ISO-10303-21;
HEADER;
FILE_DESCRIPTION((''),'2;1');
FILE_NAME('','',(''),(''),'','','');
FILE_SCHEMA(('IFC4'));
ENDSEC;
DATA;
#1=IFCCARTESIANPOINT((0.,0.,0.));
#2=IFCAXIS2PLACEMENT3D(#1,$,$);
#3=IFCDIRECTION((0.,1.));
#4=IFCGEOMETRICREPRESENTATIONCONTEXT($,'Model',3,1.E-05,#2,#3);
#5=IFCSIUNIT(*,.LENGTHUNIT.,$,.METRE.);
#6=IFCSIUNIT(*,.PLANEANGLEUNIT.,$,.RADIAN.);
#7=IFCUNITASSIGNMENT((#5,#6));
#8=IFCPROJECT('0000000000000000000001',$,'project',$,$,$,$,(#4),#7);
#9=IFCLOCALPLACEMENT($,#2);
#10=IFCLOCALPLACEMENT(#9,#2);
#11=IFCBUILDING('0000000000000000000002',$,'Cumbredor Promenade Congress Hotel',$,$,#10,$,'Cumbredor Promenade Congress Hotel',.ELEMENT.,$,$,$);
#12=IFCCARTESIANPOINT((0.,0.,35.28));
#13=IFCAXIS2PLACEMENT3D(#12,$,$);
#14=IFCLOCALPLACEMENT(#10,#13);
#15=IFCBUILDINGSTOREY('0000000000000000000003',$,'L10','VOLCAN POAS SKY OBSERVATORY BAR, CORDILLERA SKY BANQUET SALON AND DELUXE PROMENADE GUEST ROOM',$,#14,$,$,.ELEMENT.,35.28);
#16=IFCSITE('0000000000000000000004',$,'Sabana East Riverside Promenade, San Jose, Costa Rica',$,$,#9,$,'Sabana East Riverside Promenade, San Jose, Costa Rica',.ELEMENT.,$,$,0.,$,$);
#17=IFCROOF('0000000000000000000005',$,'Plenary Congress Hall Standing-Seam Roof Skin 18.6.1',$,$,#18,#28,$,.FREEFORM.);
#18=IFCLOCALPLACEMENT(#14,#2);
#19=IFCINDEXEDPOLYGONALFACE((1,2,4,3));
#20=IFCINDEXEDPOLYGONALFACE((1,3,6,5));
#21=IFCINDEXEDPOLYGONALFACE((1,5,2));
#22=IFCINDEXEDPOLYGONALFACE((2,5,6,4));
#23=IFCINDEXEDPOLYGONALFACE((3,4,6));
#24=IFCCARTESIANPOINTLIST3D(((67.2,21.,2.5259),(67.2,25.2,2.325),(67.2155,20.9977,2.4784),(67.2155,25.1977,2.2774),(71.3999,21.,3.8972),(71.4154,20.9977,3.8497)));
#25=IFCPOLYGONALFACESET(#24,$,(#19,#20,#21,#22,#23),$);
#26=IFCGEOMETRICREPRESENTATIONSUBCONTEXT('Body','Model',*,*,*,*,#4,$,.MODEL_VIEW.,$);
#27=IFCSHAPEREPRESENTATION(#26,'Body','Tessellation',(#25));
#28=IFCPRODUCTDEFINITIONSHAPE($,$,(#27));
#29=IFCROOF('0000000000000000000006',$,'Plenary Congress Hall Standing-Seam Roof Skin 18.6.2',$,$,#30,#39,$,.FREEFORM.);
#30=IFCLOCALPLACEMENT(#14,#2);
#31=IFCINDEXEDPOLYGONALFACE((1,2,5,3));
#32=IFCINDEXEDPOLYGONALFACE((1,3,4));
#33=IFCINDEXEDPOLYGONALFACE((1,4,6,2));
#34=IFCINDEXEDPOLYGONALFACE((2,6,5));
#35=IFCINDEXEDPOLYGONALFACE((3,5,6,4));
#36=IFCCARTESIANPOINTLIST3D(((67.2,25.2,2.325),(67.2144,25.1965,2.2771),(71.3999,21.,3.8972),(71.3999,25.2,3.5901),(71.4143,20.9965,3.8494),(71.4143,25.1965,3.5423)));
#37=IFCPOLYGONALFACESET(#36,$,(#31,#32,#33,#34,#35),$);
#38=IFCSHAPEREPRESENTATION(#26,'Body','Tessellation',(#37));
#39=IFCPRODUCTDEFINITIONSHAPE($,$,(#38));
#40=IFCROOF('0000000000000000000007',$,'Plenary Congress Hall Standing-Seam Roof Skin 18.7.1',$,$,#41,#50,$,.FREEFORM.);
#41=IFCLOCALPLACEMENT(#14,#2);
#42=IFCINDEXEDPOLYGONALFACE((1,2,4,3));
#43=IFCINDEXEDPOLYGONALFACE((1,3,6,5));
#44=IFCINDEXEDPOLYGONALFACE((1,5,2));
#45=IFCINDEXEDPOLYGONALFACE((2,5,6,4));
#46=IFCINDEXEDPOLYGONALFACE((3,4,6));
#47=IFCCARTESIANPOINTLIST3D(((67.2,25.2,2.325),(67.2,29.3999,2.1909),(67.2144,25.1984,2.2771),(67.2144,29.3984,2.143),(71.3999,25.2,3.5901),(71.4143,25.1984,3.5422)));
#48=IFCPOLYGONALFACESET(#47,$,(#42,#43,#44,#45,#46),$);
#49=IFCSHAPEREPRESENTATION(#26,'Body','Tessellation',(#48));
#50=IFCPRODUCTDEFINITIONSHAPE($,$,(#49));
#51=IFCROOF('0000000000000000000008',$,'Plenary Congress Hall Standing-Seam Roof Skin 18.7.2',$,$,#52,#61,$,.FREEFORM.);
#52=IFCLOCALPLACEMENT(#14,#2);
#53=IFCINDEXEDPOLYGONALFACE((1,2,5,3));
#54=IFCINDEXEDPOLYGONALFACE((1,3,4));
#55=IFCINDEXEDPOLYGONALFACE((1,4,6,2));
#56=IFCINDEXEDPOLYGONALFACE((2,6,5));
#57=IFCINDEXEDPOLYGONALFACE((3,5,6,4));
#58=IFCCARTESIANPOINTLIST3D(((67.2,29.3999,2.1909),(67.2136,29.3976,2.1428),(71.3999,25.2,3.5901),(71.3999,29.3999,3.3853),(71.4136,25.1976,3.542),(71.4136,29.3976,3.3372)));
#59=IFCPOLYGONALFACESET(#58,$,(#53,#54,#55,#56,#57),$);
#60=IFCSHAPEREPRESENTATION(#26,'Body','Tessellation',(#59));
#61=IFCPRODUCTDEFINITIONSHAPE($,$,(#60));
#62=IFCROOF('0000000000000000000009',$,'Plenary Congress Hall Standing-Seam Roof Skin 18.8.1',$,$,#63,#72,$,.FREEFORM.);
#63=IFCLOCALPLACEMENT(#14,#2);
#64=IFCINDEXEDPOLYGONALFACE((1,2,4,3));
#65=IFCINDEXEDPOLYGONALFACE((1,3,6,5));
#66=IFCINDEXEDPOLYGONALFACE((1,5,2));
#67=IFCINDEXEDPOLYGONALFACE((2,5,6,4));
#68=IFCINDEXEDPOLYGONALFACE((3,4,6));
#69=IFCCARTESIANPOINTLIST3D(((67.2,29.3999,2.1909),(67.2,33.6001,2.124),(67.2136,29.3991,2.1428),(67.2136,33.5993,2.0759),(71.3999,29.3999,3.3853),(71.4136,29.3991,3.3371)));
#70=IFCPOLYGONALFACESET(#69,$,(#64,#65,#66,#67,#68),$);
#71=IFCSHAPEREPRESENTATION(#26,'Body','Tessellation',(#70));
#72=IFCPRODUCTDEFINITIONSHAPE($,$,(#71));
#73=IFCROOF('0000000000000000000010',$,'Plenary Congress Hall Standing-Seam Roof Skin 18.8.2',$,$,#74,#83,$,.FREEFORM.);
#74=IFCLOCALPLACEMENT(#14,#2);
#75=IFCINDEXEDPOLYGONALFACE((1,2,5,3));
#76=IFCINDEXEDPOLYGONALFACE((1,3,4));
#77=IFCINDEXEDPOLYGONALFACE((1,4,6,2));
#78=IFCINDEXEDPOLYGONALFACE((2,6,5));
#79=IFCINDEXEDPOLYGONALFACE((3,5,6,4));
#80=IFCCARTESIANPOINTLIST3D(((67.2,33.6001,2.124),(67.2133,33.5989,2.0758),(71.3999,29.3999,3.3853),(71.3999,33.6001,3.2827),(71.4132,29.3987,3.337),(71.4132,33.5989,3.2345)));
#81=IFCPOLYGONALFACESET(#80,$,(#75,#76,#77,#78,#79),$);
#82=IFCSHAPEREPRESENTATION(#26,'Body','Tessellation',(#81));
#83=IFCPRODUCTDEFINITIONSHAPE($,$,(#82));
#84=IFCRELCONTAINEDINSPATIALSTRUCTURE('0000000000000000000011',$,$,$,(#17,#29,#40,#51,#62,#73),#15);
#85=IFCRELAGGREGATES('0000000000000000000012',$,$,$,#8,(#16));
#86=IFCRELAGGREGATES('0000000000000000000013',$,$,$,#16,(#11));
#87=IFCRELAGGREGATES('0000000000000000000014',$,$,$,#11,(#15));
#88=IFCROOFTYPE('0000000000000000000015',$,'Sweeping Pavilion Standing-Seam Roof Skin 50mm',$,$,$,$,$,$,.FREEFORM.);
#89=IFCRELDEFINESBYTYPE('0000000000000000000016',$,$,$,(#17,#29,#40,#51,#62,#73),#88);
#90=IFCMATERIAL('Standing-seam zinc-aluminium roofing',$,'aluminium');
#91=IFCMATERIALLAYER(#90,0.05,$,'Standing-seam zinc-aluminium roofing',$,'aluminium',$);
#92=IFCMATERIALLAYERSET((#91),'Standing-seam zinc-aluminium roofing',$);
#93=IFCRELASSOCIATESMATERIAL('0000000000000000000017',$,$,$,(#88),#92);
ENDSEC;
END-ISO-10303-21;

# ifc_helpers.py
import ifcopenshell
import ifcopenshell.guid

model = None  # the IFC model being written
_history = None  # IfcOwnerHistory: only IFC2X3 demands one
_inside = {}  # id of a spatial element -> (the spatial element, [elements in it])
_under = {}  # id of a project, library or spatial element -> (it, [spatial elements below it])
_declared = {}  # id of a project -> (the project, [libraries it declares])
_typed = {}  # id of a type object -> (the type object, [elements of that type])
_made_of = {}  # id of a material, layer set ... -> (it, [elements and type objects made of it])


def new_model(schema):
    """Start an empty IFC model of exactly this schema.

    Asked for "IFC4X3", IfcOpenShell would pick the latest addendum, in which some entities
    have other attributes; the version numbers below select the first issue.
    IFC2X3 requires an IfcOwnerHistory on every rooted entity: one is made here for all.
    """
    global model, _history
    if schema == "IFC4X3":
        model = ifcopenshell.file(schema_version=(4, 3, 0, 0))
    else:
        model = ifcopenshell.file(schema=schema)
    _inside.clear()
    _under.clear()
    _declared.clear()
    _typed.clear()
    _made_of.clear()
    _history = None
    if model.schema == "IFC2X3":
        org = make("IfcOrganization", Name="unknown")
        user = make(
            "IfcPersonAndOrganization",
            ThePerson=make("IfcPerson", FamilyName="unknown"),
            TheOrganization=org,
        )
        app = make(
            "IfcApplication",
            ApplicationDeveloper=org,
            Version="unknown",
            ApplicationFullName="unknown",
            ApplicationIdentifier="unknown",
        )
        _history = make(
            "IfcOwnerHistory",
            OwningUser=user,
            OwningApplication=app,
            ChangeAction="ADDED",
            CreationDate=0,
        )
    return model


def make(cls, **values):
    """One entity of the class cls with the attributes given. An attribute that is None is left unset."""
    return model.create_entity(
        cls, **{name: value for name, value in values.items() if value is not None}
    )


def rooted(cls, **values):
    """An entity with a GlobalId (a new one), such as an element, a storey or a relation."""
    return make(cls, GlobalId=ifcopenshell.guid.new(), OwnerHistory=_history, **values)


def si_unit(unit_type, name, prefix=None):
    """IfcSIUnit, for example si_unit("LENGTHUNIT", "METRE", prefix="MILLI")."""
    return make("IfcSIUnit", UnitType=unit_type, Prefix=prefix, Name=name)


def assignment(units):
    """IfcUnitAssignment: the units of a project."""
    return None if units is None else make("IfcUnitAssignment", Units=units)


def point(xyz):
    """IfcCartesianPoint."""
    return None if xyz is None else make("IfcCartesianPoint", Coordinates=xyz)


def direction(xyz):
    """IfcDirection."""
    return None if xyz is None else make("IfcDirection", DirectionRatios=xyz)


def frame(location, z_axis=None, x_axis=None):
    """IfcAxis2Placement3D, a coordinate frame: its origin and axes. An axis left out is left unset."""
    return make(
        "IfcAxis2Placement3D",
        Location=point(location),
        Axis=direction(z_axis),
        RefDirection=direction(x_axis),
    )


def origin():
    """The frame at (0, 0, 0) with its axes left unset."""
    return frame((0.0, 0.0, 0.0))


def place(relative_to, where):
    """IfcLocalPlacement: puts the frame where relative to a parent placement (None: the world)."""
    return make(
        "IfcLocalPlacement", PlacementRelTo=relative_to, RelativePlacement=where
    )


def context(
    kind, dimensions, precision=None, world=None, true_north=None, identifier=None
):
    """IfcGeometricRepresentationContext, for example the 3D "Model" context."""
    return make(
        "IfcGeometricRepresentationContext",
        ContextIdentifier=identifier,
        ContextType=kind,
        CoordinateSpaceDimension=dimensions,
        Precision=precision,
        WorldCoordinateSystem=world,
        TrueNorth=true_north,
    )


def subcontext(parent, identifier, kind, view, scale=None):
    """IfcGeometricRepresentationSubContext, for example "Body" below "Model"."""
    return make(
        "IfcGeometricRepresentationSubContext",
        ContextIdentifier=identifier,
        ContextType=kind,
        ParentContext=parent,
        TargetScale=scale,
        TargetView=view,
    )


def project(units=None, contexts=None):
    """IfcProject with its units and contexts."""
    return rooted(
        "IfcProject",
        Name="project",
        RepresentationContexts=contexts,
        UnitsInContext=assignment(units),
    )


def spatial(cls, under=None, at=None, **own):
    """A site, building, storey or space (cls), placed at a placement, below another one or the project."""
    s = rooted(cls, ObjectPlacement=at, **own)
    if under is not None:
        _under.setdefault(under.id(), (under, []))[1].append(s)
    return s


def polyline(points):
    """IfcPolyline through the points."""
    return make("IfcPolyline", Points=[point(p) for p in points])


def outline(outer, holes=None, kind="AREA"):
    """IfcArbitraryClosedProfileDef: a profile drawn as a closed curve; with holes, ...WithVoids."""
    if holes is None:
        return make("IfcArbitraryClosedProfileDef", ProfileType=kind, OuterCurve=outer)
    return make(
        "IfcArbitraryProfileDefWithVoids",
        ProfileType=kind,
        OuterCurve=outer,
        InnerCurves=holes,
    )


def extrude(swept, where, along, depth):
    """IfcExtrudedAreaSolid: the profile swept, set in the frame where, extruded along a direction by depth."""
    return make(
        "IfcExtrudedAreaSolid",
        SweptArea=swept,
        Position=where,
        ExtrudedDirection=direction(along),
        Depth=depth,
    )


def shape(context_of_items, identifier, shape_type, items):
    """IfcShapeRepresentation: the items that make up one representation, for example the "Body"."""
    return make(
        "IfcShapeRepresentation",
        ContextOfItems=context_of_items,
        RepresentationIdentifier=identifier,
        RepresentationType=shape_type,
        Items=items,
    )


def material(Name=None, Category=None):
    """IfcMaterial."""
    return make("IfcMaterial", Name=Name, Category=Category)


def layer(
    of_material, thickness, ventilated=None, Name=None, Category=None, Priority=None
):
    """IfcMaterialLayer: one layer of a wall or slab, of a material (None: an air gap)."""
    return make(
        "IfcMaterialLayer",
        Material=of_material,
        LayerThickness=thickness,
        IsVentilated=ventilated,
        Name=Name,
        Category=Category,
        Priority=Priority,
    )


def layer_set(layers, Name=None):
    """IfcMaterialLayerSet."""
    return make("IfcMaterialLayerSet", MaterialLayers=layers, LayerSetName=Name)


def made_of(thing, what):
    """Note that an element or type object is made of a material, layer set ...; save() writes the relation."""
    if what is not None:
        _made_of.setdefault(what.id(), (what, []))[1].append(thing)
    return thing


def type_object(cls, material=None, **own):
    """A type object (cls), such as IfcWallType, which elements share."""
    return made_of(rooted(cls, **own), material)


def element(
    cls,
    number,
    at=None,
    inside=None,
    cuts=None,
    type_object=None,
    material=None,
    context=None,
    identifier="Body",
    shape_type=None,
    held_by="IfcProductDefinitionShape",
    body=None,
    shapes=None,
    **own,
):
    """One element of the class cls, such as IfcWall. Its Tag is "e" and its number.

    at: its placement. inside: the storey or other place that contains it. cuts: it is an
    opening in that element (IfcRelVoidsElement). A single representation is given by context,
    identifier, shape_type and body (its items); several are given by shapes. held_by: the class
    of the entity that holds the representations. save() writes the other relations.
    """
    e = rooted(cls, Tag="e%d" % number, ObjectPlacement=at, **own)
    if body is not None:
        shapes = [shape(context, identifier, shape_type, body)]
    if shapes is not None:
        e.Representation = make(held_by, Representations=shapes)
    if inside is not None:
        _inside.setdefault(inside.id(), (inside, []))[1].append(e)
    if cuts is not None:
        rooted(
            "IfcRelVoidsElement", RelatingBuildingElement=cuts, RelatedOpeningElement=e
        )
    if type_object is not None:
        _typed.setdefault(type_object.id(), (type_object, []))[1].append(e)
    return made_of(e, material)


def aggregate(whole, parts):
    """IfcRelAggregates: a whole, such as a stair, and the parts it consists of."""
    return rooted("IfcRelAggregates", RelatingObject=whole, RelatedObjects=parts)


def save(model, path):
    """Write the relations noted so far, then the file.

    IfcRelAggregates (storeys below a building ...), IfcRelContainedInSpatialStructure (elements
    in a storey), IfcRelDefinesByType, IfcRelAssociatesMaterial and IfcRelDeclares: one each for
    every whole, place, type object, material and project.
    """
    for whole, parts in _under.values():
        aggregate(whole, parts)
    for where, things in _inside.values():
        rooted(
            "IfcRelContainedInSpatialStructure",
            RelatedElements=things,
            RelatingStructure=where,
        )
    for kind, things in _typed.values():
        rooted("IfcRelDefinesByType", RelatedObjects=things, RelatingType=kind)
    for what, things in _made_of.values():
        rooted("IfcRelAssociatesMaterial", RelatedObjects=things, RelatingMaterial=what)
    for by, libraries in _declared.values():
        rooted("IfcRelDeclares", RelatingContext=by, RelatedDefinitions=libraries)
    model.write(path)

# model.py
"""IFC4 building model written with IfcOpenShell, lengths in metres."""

from ifc_helpers import new_model, si_unit, direction, frame, origin, place, context, subcontext, project, spatial, polyline, outline, extrude, material, layer, layer_set, type_object, element, save


model = new_model("IFC4")

# Units and contexts
model_context = context("Model", 3, precision=1e-05, world=origin(), true_north=direction((0.0, 1.0)))
body_context = subcontext(model_context, "Body", "Model", "MODEL_VIEW")
ifc_project = project(units=[si_unit("LENGTHUNIT", "METRE"), si_unit("PLANEANGLEUNIT", "RADIAN")], contexts=[model_context])

# Site, building, storey
site_placement = place(None, origin())
site = spatial("IfcSite", under=ifc_project, at=site_placement, Name="Sabana East Riverside Promenade, San Jose, Costa Rica", LongName="Sabana East Riverside Promenade, San Jose, Costa Rica", CompositionType="ELEMENT", RefElevation=0.0)
building_placement = place(site_placement, origin())
building = spatial("IfcBuilding", under=site, at=building_placement, Name="Cumbredor Promenade Congress Hotel", LongName="Cumbredor Promenade Congress Hotel", CompositionType="ELEMENT")
storey_placement = place(building_placement, frame((0.0, 0.0, 35.28)))
storey = spatial("IfcBuildingStorey", under=building, at=storey_placement, Name="L10", Description="VOLCAN POAS SKY OBSERVATORY BAR, CORDILLERA SKY BANQUET SALON AND DELUXE PROMENADE GUEST ROOM", CompositionType="ELEMENT", Elevation=35.28)

# Roofs
ifc_material_1 = material(Name="Standing-seam zinc-aluminium roofing", Category="aluminium")
ifc_layer_1 = layer(ifc_material_1, 0.05, Name="Standing-seam zinc-aluminium roofing", Category="aluminium")
ifc_layer_set_1 = layer_set([ifc_layer_1], Name="Standing-seam zinc-aluminium roofing")
roof_type = type_object("IfcRoofType", Name="Sweeping Pavilion Standing-Seam Roof Skin 50mm", PredefinedType="FREEFORM", material=ifc_layer_set_1)
roof_1_placement = place(storey_placement, frame((67.2, 21.0, 2.5259), z_axis=(-0.310066, 0.045431, 0.949629), x_axis=(0.95061, 0.0, 0.310386)))
element("IfcRoof", 1, at=roof_1_placement, inside=storey, type_object=roof_type, Name="Plenary Congress Hall Standing-Seam Roof Skin 18.6.1", PredefinedType="FREEFORM", context=body_context, shape_type="SweptSolid", body=[
    extrude(outline(polyline([(0.0, 0.0), (4.4182, 0.0), (-0.0624, 4.2043), (0.0, 0.0)])), origin(), (0.0, 0.0, -1.0), 0.05),
])
roof_2_placement = place(storey_placement, frame((71.3999, 21.0, 3.8972), z_axis=(-0.287721, 0.069848, 0.955164), x_axis=(0.0, 0.997337, -0.072932)))
element("IfcRoof", 2, at=roof_2_placement, inside=storey, type_object=roof_type, Name="Plenary Congress Hall Standing-Seam Roof Skin 18.6.2", PredefinedType="FREEFORM", context=body_context, shape_type="SweptSolid", body=[
    extrude(outline(polyline([(0.0, 0.0), (4.2112, 0.0), (4.3034, 4.3854), (0.0, 0.0)])), origin(), (0.0, 0.0, -1.0), 0.05),
])
roof_3_placement = place(storey_placement, frame((67.2, 25.2, 2.325), z_axis=(-0.288291, 0.030543, 0.957056), x_axis=(0.957502, 0.0, 0.288425)))
element("IfcRoof", 3, at=roof_3_placement, inside=storey, type_object=roof_type, Name="Plenary Congress Hall Standing-Seam Roof Skin 18.7.1", PredefinedType="FREEFORM", context=body_context, shape_type="SweptSolid", body=[
    extrude(outline(polyline([(0.0, 0.0), (4.3864, 0.0), (-0.0387, 4.2019), (0.0, 0.0)])), origin(), (0.0, 0.0, -1.0), 0.05),
])
roof_4_placement = place(storey_placement, frame((71.3999, 25.2, 3.5901), z_axis=(-0.273224, 0.046859, 0.960808), x_axis=(0.0, 0.998813, -0.048713)))
element("IfcRoof", 4, at=roof_4_placement, inside=storey, type_object=roof_type, Name="Plenary Congress Hall Standing-Seam Roof Skin 18.7.2", PredefinedType="FREEFORM", context=body_context, shape_type="SweptSolid", body=[
    extrude(outline(polyline([(0.0, 0.0), (4.2049, 0.0), (4.2631, 4.3661), (0.0, 0.0)])), origin(), (0.0, 0.0, -1.0), 0.05),
])
roof_5_placement = place(storey_placement, frame((67.2, 29.3999, 2.1909), z_axis=(-0.273493, 0.015317, 0.961752), x_axis=(0.961865, 0.0, 0.273525)))
element("IfcRoof", 5, at=roof_5_placement, inside=storey, type_object=roof_type, Name="Plenary Congress Hall Standing-Seam Roof Skin 18.8.1", PredefinedType="FREEFORM", context=body_context, shape_type="SweptSolid", body=[
    extrude(outline(polyline([(0.0, 0.0), (4.3665, 0.0), (-0.0183, 4.2007), (0.0, 0.0)])), origin(), (0.0, 0.0, -1.0), 0.05),
])
roof_6_placement = place(storey_placement, frame((71.3999, 29.3999, 3.3853), z_axis=(-0.265873, 0.023527, 0.963721), x_axis=(0.0, 0.999702, -0.024406)))
element("IfcRoof", 6, at=roof_6_placement, inside=storey, type_object=roof_type, Name="Plenary Congress Hall Standing-Seam Roof Skin 18.8.2", PredefinedType="FREEFORM", context=body_context, shape_type="SweptSolid", body=[
    extrude(outline(polyline([(0.0, 0.0), (4.2014, 0.0), (4.2297, 4.3568), (0.0, 0.0)])), origin(), (0.0, 0.0, -1.0), 0.05),
])

save(model, "model.ifc")
